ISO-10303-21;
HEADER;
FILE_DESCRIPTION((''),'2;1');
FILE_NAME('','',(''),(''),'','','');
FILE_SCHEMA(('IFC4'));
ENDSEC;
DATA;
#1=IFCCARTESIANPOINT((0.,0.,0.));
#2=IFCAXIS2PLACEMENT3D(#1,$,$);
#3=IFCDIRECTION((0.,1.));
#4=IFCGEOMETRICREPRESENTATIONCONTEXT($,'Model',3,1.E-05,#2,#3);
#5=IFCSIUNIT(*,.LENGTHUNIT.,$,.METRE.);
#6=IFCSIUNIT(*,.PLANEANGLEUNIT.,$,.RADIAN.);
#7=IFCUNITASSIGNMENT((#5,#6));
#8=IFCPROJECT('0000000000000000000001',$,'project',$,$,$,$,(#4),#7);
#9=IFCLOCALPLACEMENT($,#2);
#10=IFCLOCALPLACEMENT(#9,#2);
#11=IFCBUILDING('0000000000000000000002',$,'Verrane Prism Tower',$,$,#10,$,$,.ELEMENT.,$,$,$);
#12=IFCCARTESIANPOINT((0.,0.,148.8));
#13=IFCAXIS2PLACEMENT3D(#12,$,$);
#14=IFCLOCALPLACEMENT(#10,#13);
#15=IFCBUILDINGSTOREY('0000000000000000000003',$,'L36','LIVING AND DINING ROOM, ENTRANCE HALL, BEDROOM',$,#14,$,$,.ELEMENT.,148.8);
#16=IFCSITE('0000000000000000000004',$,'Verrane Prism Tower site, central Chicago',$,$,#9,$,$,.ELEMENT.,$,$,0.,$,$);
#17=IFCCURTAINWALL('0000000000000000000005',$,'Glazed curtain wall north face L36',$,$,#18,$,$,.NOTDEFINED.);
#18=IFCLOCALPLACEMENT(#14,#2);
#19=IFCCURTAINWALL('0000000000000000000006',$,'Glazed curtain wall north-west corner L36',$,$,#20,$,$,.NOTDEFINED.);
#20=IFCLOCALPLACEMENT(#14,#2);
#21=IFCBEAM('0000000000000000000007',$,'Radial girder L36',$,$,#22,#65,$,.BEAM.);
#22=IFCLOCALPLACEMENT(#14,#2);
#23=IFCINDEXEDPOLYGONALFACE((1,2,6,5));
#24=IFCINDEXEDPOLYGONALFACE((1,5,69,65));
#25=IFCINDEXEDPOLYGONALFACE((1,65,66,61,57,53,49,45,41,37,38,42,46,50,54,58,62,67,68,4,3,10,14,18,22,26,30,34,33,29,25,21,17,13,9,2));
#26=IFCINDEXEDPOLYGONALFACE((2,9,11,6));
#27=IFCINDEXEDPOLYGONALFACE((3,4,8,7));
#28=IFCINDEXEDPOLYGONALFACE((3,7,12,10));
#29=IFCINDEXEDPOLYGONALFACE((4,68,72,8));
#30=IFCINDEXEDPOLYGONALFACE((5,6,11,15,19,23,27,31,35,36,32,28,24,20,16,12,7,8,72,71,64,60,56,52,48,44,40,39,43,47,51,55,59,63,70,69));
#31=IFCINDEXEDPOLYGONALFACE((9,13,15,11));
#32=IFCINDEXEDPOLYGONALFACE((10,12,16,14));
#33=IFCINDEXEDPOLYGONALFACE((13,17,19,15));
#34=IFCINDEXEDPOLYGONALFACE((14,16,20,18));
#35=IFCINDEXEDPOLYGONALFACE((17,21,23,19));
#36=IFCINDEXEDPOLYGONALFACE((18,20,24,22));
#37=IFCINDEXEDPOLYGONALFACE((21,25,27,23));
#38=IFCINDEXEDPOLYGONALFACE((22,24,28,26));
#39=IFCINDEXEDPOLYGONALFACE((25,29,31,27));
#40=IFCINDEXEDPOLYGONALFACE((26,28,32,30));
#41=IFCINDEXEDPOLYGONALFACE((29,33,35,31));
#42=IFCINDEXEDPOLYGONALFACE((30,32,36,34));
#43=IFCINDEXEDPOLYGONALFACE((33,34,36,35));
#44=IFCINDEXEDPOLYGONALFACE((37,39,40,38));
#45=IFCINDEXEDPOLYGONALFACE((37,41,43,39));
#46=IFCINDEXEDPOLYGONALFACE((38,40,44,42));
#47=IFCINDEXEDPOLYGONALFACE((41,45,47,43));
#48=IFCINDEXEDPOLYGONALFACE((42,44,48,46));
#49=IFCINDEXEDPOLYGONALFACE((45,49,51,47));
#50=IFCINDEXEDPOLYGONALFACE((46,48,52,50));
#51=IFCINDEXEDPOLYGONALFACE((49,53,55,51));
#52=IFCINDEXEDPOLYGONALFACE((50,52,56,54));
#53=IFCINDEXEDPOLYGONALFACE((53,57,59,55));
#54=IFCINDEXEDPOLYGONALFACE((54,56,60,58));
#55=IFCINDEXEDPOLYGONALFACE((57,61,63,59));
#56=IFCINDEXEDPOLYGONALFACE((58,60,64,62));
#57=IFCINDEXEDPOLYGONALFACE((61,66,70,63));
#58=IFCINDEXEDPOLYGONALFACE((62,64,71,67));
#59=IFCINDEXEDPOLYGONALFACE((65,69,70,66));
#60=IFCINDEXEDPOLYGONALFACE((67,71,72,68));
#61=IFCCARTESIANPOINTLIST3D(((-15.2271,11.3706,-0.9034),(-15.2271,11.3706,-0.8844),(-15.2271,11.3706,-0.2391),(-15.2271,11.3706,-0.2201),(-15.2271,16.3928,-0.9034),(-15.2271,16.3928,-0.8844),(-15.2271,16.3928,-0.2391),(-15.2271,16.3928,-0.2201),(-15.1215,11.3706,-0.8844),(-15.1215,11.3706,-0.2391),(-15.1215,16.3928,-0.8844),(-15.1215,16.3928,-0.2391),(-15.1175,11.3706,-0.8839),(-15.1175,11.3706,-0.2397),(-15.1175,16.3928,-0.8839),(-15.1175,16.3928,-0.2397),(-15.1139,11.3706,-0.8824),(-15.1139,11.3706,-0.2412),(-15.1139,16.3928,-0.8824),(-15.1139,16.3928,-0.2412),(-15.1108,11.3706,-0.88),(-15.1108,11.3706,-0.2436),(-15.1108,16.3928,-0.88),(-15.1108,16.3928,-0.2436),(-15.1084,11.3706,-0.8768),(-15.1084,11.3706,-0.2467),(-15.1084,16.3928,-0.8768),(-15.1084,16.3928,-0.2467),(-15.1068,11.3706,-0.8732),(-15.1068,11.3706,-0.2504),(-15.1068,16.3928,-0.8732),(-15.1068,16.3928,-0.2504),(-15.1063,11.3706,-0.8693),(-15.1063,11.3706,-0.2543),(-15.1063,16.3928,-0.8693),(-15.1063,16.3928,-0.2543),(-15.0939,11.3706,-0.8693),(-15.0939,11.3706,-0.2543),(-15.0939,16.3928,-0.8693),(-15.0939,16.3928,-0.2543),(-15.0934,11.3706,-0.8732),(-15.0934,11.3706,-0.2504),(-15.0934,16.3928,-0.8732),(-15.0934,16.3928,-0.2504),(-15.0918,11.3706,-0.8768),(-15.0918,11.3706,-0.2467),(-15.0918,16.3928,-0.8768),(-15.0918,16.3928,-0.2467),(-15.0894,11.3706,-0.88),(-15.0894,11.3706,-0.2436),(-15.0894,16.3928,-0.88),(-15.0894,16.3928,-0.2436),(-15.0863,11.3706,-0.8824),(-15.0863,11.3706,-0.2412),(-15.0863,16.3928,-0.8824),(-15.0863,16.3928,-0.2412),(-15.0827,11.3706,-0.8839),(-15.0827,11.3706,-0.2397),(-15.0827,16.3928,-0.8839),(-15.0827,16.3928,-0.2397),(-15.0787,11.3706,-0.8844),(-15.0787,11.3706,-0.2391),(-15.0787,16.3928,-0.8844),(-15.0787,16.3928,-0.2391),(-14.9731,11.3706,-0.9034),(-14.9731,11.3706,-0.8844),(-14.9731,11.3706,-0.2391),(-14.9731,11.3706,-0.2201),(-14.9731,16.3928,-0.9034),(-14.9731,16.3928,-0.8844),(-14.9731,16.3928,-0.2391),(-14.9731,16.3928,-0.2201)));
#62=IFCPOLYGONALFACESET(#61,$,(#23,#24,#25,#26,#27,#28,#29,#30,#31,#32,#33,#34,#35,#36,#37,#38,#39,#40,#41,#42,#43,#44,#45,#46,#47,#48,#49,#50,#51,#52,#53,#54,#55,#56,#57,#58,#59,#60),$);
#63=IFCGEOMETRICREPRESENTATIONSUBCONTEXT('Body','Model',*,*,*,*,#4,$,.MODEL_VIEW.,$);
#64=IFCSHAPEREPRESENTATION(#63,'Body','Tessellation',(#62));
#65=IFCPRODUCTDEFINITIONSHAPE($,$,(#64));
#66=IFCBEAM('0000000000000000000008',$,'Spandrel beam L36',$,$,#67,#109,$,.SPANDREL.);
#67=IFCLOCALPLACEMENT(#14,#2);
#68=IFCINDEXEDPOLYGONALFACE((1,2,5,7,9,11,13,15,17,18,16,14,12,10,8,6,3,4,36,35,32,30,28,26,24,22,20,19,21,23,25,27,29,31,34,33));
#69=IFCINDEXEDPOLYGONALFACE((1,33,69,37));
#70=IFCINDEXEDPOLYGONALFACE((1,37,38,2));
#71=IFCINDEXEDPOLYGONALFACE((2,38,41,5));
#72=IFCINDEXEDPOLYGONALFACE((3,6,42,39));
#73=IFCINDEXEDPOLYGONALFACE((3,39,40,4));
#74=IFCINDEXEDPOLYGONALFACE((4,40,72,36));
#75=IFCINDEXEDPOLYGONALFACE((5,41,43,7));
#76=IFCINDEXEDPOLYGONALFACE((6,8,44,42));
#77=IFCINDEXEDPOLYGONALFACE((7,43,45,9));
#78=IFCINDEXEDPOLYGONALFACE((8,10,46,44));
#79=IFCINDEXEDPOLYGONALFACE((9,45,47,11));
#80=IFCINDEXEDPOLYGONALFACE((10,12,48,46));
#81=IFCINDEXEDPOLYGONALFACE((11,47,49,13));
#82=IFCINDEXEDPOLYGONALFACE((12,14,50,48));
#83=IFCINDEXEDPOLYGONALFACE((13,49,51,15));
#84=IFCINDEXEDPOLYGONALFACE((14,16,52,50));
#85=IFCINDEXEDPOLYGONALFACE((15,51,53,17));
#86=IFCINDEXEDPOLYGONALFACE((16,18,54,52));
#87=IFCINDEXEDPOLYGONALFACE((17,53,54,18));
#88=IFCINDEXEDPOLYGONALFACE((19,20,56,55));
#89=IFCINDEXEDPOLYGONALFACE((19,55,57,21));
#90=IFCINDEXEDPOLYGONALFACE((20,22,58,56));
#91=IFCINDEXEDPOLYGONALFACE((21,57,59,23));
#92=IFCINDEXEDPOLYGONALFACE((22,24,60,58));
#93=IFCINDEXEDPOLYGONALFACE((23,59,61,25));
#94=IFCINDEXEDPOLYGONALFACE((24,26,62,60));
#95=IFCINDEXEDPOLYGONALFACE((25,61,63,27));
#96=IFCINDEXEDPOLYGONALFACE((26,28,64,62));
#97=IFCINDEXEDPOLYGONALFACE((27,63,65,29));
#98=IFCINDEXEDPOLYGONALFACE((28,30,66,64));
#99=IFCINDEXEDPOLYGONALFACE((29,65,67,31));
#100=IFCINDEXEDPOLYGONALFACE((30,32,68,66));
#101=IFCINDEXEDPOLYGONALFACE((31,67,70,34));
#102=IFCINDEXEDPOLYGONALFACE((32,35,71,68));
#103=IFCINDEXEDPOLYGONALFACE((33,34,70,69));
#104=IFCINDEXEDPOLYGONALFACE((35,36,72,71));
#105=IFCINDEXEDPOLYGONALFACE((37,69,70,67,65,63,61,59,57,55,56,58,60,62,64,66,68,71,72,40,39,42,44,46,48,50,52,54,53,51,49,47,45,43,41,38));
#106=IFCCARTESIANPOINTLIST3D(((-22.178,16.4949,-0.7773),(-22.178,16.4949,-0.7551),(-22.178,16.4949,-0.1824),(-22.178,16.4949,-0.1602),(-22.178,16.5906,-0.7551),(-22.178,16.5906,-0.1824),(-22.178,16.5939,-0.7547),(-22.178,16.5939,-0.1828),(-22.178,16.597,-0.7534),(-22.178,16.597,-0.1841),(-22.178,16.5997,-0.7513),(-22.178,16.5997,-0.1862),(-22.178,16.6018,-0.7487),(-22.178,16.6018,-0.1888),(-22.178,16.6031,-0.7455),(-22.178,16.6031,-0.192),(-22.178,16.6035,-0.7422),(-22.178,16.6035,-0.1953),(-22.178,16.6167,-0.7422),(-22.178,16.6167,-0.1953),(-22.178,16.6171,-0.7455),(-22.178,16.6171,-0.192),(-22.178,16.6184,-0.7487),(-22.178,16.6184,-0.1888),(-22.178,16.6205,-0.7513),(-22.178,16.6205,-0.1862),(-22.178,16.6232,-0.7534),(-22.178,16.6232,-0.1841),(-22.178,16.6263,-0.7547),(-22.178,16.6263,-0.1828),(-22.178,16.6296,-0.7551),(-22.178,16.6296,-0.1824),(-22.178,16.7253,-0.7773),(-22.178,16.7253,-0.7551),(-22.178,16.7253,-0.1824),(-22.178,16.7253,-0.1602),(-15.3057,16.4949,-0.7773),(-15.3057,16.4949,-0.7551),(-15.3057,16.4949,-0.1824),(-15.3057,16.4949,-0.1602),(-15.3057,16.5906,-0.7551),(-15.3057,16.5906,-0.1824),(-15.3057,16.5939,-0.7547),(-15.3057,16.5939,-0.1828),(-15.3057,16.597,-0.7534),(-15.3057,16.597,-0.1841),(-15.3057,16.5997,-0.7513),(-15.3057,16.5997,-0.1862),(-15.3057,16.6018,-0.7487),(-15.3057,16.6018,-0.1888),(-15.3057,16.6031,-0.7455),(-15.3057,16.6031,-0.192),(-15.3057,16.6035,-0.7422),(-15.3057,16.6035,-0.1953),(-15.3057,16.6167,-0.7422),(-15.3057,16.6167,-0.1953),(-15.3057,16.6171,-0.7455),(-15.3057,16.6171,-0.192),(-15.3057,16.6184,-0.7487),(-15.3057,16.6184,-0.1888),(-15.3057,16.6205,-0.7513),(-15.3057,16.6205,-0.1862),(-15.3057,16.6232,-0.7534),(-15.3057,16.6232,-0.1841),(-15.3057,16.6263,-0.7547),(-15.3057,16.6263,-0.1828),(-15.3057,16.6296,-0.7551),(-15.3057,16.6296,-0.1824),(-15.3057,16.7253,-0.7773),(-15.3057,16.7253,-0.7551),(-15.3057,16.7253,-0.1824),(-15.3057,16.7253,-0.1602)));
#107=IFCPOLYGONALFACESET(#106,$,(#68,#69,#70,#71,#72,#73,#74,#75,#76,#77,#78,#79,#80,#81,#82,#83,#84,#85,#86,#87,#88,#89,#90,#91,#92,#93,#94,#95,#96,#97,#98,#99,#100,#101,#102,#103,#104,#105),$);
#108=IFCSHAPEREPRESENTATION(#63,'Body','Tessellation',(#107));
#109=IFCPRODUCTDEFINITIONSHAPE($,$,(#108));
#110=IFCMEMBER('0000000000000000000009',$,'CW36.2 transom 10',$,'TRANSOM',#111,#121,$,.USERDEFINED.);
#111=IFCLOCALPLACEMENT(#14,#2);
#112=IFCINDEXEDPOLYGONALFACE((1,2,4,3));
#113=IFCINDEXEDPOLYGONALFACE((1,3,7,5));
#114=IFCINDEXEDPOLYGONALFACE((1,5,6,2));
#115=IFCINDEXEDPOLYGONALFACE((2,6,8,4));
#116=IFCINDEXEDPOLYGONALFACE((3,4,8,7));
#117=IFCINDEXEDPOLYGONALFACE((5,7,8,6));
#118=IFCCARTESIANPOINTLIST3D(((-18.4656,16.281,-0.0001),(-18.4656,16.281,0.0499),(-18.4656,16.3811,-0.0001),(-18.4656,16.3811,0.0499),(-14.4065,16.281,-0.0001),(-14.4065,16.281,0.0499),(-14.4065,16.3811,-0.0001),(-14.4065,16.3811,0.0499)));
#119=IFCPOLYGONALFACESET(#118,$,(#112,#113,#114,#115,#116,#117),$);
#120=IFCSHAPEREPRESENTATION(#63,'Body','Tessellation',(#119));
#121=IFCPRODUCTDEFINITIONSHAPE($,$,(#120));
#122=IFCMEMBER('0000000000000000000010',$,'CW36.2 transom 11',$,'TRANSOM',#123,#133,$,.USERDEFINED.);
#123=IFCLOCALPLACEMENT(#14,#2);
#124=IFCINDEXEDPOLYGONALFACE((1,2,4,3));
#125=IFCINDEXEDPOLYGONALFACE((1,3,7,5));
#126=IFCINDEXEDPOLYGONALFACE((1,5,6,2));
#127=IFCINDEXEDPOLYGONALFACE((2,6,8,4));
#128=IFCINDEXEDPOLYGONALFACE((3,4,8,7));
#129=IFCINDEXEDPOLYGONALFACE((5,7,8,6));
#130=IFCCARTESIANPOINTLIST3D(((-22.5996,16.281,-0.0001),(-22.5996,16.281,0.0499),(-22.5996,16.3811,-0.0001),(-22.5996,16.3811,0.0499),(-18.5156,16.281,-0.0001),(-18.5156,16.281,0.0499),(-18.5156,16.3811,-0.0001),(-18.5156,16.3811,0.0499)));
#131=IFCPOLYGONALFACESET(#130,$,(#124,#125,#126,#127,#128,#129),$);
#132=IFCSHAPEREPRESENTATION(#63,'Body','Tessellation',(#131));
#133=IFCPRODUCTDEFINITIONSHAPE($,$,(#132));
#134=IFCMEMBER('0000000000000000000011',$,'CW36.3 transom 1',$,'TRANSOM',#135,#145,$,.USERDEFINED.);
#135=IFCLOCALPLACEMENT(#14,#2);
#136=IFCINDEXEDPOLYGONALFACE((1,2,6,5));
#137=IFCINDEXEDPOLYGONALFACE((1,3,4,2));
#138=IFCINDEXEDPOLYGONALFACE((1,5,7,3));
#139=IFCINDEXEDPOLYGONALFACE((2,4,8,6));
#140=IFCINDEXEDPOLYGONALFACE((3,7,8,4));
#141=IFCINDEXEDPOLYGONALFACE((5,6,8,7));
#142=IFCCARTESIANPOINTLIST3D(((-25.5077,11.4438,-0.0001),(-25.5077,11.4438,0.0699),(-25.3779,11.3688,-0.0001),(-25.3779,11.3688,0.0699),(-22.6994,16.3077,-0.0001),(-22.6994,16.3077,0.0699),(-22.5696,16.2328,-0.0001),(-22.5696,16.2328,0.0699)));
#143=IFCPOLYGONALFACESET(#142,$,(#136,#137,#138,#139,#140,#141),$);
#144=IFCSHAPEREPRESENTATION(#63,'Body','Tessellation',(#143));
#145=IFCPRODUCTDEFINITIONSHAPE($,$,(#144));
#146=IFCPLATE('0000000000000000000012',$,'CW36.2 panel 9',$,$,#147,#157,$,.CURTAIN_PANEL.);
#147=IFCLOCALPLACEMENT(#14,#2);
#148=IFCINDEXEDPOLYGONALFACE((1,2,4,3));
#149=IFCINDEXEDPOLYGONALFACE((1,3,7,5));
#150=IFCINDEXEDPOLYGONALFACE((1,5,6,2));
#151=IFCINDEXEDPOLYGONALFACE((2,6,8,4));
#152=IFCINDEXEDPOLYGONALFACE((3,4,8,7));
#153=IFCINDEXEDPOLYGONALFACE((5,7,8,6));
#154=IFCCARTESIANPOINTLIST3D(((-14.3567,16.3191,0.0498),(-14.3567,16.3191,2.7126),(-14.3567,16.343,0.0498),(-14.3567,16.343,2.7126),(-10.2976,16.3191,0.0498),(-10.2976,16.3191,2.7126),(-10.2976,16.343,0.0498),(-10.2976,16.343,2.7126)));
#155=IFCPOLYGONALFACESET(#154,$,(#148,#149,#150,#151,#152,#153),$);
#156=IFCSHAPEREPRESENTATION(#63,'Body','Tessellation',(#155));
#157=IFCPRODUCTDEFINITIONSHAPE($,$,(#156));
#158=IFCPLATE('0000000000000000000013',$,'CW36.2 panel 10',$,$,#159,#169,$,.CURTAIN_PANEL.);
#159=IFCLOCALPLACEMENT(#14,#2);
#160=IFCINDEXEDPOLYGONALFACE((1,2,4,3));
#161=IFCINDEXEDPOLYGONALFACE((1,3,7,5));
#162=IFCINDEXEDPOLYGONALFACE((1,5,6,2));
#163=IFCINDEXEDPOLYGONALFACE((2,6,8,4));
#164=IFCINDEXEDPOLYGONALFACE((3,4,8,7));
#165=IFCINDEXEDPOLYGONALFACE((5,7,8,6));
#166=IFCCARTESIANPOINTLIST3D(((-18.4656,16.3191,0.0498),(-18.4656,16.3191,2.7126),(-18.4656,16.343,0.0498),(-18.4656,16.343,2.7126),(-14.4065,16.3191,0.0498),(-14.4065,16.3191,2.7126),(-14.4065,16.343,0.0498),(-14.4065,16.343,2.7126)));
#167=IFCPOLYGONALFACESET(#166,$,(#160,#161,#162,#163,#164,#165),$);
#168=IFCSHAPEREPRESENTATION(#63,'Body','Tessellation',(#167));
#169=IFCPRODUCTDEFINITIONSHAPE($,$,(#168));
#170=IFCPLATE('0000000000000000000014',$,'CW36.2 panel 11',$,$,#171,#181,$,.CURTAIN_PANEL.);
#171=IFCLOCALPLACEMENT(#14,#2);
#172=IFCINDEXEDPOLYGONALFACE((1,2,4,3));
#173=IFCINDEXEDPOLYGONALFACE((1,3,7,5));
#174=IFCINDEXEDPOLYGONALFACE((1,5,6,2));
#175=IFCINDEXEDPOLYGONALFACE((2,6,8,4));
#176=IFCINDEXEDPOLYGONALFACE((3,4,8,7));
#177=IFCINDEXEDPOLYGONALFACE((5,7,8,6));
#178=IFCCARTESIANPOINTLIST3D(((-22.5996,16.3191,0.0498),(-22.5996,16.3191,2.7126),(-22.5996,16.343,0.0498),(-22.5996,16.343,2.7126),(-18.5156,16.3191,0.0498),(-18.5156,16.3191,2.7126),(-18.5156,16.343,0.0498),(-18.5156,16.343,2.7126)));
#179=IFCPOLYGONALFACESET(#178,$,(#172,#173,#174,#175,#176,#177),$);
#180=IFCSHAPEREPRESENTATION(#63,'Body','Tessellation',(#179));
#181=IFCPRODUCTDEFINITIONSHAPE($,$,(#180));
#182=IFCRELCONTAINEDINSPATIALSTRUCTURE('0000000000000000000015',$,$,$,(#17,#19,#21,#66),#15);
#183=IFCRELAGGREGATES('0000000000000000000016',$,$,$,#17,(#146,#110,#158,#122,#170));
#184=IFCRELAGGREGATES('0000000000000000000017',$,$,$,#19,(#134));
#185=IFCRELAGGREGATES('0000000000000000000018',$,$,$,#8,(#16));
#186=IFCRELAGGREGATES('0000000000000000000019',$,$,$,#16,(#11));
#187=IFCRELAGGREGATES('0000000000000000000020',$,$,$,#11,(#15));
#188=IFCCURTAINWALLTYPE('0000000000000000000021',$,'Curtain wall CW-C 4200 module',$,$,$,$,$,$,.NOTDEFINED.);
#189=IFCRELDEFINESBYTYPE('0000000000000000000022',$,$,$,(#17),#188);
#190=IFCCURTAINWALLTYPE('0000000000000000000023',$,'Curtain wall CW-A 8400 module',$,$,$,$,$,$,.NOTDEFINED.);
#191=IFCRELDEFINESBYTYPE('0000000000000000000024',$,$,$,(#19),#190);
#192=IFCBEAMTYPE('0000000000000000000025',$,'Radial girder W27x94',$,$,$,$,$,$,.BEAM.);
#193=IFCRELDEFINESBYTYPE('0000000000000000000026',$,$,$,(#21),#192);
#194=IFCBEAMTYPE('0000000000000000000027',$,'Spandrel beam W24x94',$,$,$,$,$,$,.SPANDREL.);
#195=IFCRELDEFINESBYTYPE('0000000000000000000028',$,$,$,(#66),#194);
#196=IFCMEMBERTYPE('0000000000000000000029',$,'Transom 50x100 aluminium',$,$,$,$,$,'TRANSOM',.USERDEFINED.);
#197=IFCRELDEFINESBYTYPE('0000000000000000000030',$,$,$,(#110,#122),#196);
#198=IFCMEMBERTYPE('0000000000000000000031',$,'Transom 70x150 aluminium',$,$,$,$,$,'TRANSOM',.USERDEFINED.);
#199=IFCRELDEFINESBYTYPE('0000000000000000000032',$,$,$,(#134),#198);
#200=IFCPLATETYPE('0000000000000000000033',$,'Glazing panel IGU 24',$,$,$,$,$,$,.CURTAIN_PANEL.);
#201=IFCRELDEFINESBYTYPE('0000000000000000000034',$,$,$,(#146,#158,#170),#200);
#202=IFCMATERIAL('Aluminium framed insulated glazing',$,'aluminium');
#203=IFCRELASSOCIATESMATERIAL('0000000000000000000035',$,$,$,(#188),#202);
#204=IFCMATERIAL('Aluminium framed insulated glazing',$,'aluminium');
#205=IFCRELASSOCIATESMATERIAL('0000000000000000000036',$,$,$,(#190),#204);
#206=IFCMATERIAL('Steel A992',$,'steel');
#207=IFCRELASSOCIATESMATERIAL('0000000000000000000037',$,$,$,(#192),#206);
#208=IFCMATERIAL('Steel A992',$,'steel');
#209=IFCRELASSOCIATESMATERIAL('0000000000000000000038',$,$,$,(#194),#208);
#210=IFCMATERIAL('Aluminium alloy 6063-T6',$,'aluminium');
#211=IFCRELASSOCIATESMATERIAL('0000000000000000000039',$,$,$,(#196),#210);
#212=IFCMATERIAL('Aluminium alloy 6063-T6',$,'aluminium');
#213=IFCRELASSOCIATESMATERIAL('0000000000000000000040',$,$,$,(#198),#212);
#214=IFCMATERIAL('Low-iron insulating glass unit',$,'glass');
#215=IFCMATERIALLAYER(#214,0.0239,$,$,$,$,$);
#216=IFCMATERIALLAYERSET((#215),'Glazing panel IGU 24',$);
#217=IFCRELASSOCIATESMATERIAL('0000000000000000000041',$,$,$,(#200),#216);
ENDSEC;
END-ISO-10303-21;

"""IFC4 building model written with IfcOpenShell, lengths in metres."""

from ifc_helpers import new_model, si_unit, direction, frame, origin, origin_2d, place, context, subcontext, project, spatial, rectangle, i_section, extrude, material, layer, layer_set, material_profile, profile_set, type_object, element, aggregate, save


model = new_model("IFC4")

# Units and contexts
model_context = context("Model", 3, precision=1e-05, world=origin(), true_north=direction((0.0, 1.0)))
body_context = subcontext(model_context, "Body", "Model", "MODEL_VIEW")
ifc_project = project(units=[si_unit("LENGTHUNIT", "METRE"), si_unit("PLANEANGLEUNIT", "RADIAN")], contexts=[model_context])

# Site, building, storey
site_placement = place(None, origin())
site = spatial("IfcSite", under=ifc_project, at=site_placement, Name="Verrane Prism Tower site, central Chicago", CompositionType="ELEMENT", RefElevation=0.0)
building_placement = place(site_placement, origin())
building = spatial("IfcBuilding", under=site, at=building_placement, Name="Verrane Prism Tower", CompositionType="ELEMENT")
storey_placement = place(building_placement, frame((0.0, 0.0, 148.8)))
storey = spatial("IfcBuildingStorey", under=building, at=storey_placement, Name="L36", Description="LIVING AND DINING ROOM, ENTRANCE HALL, BEDROOM", CompositionType="ELEMENT", Elevation=148.8)

# Curtain wall
ifc_material_1 = material(Name="Aluminium framed insulated glazing", Category="aluminium")
curtain_wall_type_1 = type_object("IfcCurtainWallType", Name="Curtain wall CW-C 4200 module", PredefinedType="NOTDEFINED", material=ifc_material_1)
curtain_wall_1_placement = place(storey_placement, origin())
curtain_wall_1 = element("IfcCurtainWall", 1, at=curtain_wall_1_placement, inside=storey, type_object=curtain_wall_type_1, Name="Glazed curtain wall north face L36", PredefinedType="NOTDEFINED")

# Curtain wall
ifc_material_2 = material(Name="Aluminium framed insulated glazing", Category="aluminium")
curtain_wall_type_2 = type_object("IfcCurtainWallType", Name="Curtain wall CW-A 8400 module", PredefinedType="NOTDEFINED", material=ifc_material_2)
curtain_wall_2_placement = place(storey_placement, origin())
curtain_wall_2 = element("IfcCurtainWall", 2, at=curtain_wall_2_placement, inside=storey, type_object=curtain_wall_type_2, Name="Glazed curtain wall north-west corner L36", PredefinedType="NOTDEFINED")

# Beams
ifc_material_3 = material(Name="Steel A992", Category="steel")
ifc_material_profile_1 = material_profile(ifc_material_3, i_section(OverallWidth=0.2539, OverallDepth=0.6833, WebThickness=0.0125, FlangeThickness=0.019, FilletRadius=0.0151, at=origin_2d()), Name="W27x94")
ifc_profile_set_1 = profile_set([ifc_material_profile_1], Name="Steel A992")
beam_type_1 = type_object("IfcBeamType", Name="Radial girder W27x94", PredefinedType="BEAM", material=ifc_profile_set_1)
beam_1_placement = place(storey_placement, frame((-15.1001, 16.3928, -0.5618), z_axis=(0.0, -1.0, 0.0), x_axis=(1.0, 0.0, 0.0)))
element("IfcBeam", 3, at=beam_1_placement, inside=storey, type_object=beam_type_1, Name="Radial girder L36", PredefinedType="BEAM", context=body_context, shape_type="SweptSolid", body=[
    extrude(i_section(OverallWidth=0.2539, OverallDepth=0.6833, WebThickness=0.0125, FlangeThickness=0.019, FilletRadius=0.0151, at=origin_2d()), origin(), (0.0, 0.0, 1.0), 5.0222),
])
ifc_material_4 = material(Name="Steel A992", Category="steel")
ifc_material_profile_2 = material_profile(ifc_material_4, i_section(OverallWidth=0.2305, OverallDepth=0.6172, WebThickness=0.0132, FlangeThickness=0.0222, FilletRadius=0.0129, at=origin_2d()), Name="W24x94")
ifc_profile_set_2 = profile_set([ifc_material_profile_2], Name="Steel A992")
beam_type_2 = type_object("IfcBeamType", Name="Spandrel beam W24x94", PredefinedType="SPANDREL", material=ifc_profile_set_2)
beam_2_placement = place(storey_placement, frame((-15.3057, 16.6101, -0.4688), z_axis=(-1.0, 0.0, 0.0), x_axis=(0.0, -1.0, 0.0)))
element("IfcBeam", 4, at=beam_2_placement, inside=storey, type_object=beam_type_2, Name="Spandrel beam L36", PredefinedType="SPANDREL", context=body_context, shape_type="SweptSolid", body=[
    extrude(i_section(OverallWidth=0.2305, OverallDepth=0.6172, WebThickness=0.0132, FlangeThickness=0.0222, FilletRadius=0.0129, at=origin_2d()), origin(), (0.0, 0.0, 1.0), 6.8723),
])

# Members
ifc_material_5 = material(Name="Aluminium alloy 6063-T6", Category="aluminium")
ifc_material_profile_3 = material_profile(ifc_material_5, rectangle(XDim=0.1001, YDim=0.05, at=origin_2d()), Name="Transom 50x100 aluminium")
ifc_profile_set_3 = profile_set([ifc_material_profile_3], Name="Aluminium alloy 6063-T6")
member_type_1 = type_object("IfcMemberType", Name="Transom 50x100 aluminium", ElementType="TRANSOM", PredefinedType="USERDEFINED", material=ifc_profile_set_3)
member_1_placement = place(storey_placement, frame((-14.4065, 16.3311, 0.0249), z_axis=(-1.0, 0.0, 0.0), x_axis=(0.0, -1.0, 0.0)))
member_1 = element("IfcMember", 5, at=member_1_placement, type_object=member_type_1, Name="CW36.2 transom 10", ObjectType="TRANSOM", PredefinedType="USERDEFINED", context=body_context, shape_type="SweptSolid", body=[
    extrude(rectangle(XDim=0.1001, YDim=0.05, at=origin_2d()), origin(), (0.0, 0.0, 1.0), 4.0591),
])
member_2_placement = place(storey_placement, frame((-18.5156, 16.3311, 0.0249), z_axis=(-1.0, 0.0, 0.0), x_axis=(0.0, -1.0, 0.0)))
member_2 = element("IfcMember", 6, at=member_2_placement, type_object=member_type_1, Name="CW36.2 transom 11", ObjectType="TRANSOM", PredefinedType="USERDEFINED", context=body_context, shape_type="SweptSolid", body=[
    extrude(rectangle(XDim=0.1001, YDim=0.05, at=origin_2d()), origin(), (0.0, 0.0, 1.0), 4.084),
])
ifc_material_6 = material(Name="Aluminium alloy 6063-T6", Category="aluminium")
ifc_material_profile_4 = material_profile(ifc_material_6, rectangle(XDim=0.1499, YDim=0.0701, at=origin_2d()), Name="Transom 70x150 aluminium")
ifc_profile_set_4 = profile_set([ifc_material_profile_4], Name="Aluminium alloy 6063-T6")
member_type_2 = type_object("IfcMemberType", Name="Transom 70x150 aluminium", ElementType="TRANSOM", PredefinedType="USERDEFINED", material=ifc_profile_set_4)
member_3_placement = place(storey_placement, frame((-22.6345, 16.2703, 0.0349), z_axis=(-0.500015, -0.866017, 0.0), x_axis=(0.866017, -0.500015, 0.0)))
member_3 = element("IfcMember", 7, at=member_3_placement, type_object=member_type_2, Name="CW36.3 transom 1", ObjectType="TRANSOM", PredefinedType="USERDEFINED", context=body_context, shape_type="SweptSolid", body=[
    extrude(rectangle(XDim=0.1499, YDim=0.0701, at=origin_2d()), origin(), (0.0, 0.0, 1.0), 5.6165),
])

# Plates
ifc_material_7 = material(Name="Low-iron insulating glass unit", Category="glass")
ifc_layer_1 = layer(ifc_material_7, 0.0239)
ifc_layer_set_1 = layer_set([ifc_layer_1], Name="Glazing panel IGU 24")
plate_type_1 = type_object("IfcPlateType", Name="Glazing panel IGU 24", PredefinedType="CURTAIN_PANEL", material=ifc_layer_set_1)
plate_1_placement = place(storey_placement, frame((-12.3271, 16.3311, 0.0498), z_axis=(0.0, 0.0, 1.0), x_axis=(-1.0, 0.0, 0.0)))
plate_1 = element("IfcPlate", 8, at=plate_1_placement, type_object=plate_type_1, Name="CW36.2 panel 9", PredefinedType="CURTAIN_PANEL", context=body_context, shape_type="SweptSolid", body=[
    extrude(rectangle(XDim=4.0591, YDim=0.0239, at=origin_2d()), origin(), (0.0, 0.0, 1.0), 2.6628),
])
plate_2_placement = place(storey_placement, frame((-16.436, 16.3311, 0.0498), z_axis=(0.0, 0.0, 1.0), x_axis=(-1.0, 0.0, 0.0)))
plate_2 = element("IfcPlate", 9, at=plate_2_placement, type_object=plate_type_1, Name="CW36.2 panel 10", PredefinedType="CURTAIN_PANEL", context=body_context, shape_type="SweptSolid", body=[
    extrude(rectangle(XDim=4.0591, YDim=0.0239, at=origin_2d()), origin(), (0.0, 0.0, 1.0), 2.6628),
])
plate_3_placement = place(storey_placement, frame((-20.5576, 16.3311, 0.0498), z_axis=(0.0, 0.0, 1.0), x_axis=(-1.0, 0.0, 0.0)))
plate_3 = element("IfcPlate", 10, at=plate_3_placement, type_object=plate_type_1, Name="CW36.2 panel 11", PredefinedType="CURTAIN_PANEL", context=body_context, shape_type="SweptSolid", body=[
    extrude(rectangle(XDim=4.084, YDim=0.0239, at=origin_2d()), origin(), (0.0, 0.0, 1.0), 2.6628),
])
aggregate(curtain_wall_1, [plate_1, member_1, plate_2, member_2, plate_3])
aggregate(curtain_wall_2, [member_3])

save(model, "model.ifc")
